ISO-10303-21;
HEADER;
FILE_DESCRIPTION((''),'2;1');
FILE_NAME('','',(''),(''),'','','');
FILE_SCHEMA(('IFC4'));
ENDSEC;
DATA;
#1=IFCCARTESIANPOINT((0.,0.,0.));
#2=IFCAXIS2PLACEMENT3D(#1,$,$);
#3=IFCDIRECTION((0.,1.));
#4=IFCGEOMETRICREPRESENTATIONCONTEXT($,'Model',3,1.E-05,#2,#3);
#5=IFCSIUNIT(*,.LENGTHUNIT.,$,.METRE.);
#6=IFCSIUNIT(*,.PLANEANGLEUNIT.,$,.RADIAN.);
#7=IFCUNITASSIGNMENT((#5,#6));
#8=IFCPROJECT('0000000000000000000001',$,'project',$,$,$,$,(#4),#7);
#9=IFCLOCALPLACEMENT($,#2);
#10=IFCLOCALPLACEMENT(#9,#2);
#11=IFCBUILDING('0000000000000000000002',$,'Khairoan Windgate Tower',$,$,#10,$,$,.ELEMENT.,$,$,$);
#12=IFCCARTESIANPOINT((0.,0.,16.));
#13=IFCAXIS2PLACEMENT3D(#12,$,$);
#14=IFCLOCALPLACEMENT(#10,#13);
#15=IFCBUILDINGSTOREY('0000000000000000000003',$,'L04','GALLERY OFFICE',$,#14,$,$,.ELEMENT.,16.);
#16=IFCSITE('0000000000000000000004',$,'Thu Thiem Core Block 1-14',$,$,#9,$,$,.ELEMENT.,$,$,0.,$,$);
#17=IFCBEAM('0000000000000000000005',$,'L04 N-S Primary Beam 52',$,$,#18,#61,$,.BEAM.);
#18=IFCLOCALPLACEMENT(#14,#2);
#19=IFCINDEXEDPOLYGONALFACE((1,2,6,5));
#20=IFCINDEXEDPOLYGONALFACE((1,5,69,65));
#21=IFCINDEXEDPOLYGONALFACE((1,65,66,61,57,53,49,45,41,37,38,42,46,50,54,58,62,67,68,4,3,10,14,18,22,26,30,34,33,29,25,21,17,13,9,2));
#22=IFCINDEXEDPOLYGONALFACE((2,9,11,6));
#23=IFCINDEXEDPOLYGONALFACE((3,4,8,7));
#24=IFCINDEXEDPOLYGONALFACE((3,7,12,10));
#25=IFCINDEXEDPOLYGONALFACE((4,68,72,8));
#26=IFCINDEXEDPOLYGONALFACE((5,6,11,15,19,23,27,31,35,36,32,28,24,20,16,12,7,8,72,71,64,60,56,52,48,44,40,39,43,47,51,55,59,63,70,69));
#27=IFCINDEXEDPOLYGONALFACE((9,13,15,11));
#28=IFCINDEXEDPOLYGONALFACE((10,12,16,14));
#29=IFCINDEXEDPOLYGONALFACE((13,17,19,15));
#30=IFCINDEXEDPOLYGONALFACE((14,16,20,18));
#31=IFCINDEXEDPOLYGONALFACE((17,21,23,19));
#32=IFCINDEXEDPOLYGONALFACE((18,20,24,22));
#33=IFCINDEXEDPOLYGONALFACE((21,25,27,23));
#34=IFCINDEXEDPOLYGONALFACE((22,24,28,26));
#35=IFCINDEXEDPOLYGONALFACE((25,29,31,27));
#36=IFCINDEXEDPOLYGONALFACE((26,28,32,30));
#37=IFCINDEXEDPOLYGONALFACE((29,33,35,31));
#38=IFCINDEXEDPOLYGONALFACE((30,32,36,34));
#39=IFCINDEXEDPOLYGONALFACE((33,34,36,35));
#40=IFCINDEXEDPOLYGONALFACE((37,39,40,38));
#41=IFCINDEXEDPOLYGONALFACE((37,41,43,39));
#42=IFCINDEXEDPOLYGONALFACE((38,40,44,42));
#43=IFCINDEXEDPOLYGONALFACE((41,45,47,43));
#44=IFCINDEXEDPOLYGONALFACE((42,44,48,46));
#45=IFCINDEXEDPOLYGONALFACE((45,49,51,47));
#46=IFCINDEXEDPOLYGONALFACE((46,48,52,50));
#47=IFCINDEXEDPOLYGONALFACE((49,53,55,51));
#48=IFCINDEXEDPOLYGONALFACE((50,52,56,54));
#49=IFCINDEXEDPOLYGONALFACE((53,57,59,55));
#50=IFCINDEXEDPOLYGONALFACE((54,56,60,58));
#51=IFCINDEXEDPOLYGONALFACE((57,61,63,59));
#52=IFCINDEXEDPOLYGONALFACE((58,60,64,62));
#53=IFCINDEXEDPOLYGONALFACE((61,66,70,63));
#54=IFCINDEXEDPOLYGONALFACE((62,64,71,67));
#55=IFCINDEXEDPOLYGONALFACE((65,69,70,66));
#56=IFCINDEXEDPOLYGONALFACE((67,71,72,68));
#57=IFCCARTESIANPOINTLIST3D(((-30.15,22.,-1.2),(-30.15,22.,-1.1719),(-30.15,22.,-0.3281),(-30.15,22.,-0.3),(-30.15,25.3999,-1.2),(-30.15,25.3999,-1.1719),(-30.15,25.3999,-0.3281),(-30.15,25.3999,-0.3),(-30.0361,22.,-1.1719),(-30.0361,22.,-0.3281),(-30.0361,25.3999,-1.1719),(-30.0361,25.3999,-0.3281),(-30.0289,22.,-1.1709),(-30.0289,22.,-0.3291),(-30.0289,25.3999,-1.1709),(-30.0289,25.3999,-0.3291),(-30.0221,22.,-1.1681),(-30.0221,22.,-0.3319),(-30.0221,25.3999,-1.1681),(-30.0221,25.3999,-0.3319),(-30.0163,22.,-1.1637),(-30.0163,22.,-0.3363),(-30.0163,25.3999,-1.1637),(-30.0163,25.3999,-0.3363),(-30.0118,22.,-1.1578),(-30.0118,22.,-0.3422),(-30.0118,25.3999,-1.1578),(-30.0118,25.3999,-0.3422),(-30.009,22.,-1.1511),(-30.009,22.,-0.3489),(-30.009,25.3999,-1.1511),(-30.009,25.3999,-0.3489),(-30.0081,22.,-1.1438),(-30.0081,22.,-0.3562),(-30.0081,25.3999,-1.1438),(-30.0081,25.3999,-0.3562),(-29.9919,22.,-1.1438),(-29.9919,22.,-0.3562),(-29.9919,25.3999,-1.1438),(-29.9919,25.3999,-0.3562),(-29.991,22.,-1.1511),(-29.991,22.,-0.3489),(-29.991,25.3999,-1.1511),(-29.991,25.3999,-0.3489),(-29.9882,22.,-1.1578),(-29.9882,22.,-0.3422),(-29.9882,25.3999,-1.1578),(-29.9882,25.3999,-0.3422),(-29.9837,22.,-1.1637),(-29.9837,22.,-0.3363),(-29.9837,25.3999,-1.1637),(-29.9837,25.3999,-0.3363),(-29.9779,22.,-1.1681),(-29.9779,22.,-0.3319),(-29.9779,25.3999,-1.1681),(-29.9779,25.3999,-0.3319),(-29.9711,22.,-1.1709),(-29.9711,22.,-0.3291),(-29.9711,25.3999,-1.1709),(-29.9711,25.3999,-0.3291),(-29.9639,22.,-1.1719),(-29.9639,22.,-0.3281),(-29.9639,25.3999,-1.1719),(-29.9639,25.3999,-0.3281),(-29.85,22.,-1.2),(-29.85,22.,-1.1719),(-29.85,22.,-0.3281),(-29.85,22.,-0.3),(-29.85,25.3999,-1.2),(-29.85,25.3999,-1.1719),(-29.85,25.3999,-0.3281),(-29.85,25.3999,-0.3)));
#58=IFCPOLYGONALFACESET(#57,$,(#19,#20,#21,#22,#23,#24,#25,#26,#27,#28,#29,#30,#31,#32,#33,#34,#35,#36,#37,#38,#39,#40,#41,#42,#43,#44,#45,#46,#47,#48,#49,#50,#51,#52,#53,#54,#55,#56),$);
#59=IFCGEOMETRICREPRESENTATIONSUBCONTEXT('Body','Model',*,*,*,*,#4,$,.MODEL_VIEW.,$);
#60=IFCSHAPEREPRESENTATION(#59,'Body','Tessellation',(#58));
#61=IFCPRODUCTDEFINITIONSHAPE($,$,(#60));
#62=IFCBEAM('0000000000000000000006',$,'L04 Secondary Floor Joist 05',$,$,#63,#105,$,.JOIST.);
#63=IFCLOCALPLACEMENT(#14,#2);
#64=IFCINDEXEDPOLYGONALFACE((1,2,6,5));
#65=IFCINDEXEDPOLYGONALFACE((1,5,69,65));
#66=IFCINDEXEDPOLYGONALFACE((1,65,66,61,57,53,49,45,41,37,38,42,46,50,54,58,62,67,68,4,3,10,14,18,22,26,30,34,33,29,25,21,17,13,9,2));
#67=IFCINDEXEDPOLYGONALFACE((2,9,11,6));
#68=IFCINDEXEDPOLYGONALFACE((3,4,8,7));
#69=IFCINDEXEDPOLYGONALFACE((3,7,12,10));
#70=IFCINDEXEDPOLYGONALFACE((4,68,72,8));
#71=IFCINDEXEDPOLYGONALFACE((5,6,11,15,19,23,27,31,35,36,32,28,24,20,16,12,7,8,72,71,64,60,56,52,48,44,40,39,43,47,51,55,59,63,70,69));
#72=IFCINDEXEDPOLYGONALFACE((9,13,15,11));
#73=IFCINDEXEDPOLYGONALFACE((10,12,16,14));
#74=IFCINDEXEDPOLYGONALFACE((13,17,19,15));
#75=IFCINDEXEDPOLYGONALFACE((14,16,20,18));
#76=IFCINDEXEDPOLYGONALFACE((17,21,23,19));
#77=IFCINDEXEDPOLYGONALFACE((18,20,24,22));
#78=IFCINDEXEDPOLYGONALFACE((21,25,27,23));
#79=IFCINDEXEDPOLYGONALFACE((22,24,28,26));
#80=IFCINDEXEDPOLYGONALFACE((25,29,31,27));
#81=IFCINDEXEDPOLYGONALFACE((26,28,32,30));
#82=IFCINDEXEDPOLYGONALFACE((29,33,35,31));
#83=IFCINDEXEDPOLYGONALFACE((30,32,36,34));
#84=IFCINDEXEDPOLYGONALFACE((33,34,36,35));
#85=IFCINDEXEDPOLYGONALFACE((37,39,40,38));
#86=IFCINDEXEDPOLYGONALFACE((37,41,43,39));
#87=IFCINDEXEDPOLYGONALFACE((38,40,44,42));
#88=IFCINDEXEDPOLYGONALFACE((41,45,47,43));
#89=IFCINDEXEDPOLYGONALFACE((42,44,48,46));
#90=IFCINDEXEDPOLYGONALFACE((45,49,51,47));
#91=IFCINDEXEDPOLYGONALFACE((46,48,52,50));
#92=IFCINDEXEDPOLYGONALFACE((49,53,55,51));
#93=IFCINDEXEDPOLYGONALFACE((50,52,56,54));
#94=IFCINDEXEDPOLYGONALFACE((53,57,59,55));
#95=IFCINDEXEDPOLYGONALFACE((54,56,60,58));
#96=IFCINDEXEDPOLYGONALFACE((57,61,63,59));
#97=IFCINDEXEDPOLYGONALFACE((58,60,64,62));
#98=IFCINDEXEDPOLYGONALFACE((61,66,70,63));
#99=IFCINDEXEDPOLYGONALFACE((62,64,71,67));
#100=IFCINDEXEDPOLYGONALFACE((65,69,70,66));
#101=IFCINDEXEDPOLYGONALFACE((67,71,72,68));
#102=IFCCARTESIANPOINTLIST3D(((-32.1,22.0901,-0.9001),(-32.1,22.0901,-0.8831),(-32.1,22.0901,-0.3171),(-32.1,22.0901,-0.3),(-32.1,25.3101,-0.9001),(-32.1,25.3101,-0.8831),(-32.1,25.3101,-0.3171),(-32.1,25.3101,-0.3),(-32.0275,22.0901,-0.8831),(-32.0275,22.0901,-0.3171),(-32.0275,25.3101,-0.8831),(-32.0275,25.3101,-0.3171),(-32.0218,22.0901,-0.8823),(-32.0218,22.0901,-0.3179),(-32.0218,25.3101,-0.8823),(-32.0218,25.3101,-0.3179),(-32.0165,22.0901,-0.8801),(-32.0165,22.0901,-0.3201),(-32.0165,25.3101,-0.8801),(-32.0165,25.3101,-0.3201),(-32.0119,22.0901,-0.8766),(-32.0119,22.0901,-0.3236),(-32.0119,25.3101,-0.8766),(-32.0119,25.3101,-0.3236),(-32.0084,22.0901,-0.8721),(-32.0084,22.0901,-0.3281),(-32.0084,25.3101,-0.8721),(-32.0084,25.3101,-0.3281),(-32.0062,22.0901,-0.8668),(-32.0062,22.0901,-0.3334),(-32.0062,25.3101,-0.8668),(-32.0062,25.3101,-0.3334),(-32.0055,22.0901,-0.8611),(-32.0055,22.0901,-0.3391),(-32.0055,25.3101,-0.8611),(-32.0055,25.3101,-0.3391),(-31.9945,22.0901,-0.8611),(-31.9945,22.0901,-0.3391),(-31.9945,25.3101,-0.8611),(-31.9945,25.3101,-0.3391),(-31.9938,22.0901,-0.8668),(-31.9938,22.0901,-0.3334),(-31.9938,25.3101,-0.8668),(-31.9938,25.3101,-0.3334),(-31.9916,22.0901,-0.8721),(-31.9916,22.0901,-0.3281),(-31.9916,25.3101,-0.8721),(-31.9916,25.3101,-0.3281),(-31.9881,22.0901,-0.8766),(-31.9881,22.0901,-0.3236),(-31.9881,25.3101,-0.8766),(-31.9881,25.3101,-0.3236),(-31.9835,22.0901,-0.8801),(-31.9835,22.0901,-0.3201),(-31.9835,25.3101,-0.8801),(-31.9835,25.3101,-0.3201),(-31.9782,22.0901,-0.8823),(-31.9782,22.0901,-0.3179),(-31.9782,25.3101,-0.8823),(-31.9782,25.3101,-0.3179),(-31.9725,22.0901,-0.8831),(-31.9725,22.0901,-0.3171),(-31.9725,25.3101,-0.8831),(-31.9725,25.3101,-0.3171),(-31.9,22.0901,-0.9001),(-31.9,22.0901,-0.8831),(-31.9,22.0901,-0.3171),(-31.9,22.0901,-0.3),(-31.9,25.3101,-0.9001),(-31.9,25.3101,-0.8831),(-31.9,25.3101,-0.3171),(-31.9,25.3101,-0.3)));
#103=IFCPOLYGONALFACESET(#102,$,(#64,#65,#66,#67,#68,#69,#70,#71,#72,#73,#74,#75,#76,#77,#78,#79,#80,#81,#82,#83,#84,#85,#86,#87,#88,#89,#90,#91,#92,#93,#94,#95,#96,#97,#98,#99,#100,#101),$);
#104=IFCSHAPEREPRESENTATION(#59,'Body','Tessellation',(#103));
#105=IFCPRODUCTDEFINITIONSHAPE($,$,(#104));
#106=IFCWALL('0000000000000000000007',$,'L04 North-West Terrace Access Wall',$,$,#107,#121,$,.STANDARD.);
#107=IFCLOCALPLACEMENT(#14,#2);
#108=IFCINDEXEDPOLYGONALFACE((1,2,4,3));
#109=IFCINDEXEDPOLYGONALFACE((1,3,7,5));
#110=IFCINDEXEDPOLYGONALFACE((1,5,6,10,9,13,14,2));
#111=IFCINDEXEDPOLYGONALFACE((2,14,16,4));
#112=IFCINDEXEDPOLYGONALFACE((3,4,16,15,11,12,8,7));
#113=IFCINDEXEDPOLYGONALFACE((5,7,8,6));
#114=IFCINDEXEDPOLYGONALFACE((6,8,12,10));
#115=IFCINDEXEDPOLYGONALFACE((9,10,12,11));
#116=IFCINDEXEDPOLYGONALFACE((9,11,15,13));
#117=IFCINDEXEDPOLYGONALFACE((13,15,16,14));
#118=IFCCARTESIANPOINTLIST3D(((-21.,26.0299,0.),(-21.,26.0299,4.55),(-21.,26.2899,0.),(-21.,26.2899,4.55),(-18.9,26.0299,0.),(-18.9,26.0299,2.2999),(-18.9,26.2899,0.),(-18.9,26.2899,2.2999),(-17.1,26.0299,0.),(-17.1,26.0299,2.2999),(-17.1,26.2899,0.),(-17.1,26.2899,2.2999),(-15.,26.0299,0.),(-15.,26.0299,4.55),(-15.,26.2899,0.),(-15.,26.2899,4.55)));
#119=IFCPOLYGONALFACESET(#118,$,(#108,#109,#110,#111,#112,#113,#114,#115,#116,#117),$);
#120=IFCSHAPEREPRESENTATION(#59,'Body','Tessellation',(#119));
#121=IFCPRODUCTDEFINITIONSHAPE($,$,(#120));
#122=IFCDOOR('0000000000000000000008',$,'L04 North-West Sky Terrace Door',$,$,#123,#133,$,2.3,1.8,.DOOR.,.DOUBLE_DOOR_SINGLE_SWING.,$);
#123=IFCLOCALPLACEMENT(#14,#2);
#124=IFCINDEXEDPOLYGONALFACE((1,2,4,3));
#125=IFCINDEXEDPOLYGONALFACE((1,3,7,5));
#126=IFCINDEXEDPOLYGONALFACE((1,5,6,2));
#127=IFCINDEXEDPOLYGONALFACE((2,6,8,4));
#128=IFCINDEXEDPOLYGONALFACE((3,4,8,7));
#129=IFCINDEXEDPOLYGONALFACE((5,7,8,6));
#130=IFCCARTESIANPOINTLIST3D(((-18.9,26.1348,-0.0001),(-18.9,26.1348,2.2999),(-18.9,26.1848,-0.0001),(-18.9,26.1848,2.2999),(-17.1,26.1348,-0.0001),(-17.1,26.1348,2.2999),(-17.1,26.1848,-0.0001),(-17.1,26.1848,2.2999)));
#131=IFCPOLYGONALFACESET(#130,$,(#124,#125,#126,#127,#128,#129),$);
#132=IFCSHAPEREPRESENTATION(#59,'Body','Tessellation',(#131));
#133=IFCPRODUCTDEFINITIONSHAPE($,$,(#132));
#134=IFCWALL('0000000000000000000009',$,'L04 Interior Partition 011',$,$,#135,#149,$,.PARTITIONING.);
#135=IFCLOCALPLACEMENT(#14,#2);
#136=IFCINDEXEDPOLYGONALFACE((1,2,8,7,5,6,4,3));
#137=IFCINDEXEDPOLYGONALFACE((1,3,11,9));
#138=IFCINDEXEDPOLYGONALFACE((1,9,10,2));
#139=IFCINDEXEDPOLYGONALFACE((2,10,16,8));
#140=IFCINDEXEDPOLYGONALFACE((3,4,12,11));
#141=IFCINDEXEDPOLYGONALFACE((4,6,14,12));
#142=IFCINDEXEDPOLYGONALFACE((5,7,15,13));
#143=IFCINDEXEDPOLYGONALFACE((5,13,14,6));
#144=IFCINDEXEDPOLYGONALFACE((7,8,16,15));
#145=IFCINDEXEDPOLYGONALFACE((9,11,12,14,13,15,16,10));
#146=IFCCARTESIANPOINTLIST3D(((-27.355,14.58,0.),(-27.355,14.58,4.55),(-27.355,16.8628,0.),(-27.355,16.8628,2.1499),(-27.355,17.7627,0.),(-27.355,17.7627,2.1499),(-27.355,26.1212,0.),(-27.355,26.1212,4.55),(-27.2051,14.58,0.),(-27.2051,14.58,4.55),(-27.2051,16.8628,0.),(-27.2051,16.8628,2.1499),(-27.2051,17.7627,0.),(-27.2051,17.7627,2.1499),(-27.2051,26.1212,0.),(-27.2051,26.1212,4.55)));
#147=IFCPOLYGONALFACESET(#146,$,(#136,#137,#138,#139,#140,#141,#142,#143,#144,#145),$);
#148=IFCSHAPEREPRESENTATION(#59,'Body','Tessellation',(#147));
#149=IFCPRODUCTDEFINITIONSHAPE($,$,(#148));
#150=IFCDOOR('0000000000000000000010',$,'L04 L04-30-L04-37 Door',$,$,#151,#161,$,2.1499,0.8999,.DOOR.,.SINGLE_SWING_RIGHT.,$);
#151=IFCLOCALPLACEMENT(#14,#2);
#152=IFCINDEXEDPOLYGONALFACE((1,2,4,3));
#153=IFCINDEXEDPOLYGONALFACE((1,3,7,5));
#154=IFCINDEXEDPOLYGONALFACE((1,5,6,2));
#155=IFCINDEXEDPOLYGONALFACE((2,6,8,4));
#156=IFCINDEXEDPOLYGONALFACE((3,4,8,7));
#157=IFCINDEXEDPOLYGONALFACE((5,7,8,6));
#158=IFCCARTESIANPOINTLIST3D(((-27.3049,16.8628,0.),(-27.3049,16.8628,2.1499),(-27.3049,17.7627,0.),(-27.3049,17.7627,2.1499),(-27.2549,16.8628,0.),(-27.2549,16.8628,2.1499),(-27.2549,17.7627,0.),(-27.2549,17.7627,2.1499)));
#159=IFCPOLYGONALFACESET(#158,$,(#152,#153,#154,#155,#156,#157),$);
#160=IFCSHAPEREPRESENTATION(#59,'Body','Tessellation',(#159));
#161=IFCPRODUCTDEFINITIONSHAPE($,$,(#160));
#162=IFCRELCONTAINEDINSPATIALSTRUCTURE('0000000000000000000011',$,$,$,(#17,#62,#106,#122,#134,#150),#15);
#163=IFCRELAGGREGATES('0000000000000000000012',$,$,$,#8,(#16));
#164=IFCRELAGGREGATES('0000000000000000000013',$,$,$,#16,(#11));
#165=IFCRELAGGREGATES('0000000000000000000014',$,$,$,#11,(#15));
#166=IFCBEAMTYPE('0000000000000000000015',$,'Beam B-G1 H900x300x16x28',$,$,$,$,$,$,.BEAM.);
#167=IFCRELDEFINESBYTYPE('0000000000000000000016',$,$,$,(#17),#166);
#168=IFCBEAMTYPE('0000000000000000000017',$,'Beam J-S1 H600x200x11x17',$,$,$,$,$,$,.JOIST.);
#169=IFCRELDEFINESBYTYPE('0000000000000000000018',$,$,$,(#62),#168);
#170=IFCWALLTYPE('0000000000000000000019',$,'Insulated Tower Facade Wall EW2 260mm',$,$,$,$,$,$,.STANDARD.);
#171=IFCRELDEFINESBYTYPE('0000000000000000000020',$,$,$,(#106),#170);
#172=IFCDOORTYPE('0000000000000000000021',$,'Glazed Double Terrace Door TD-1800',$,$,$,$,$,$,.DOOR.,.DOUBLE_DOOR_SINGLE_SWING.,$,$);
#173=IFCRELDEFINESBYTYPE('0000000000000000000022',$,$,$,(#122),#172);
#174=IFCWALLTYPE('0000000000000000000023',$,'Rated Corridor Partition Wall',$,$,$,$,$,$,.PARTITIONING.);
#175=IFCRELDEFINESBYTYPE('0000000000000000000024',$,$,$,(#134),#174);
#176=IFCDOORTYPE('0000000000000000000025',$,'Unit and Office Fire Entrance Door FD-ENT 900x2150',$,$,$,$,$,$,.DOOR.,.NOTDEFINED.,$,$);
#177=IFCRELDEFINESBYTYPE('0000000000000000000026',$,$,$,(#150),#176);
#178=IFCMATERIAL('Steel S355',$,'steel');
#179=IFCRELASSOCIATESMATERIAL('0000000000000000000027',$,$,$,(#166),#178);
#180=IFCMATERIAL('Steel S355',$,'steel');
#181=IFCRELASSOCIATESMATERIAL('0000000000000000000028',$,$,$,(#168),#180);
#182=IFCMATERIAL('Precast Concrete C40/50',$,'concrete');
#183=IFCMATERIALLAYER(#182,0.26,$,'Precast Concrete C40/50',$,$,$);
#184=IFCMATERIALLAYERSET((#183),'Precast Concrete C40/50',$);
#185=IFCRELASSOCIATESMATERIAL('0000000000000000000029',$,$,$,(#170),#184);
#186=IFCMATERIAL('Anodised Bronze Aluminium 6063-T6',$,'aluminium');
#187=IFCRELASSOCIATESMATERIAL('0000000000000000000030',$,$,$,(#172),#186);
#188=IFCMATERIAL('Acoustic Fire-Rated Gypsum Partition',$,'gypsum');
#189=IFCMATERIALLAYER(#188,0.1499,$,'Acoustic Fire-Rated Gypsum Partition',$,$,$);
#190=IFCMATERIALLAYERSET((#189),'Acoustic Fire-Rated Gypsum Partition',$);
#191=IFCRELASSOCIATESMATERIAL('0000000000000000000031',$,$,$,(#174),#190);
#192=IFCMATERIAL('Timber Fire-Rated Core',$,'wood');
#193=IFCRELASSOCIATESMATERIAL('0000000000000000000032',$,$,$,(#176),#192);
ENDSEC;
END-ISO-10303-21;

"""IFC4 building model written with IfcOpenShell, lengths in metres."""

from ifc_helpers import new_model, si_unit, direction, frame, frame_2d, origin, origin_2d, place, context, subcontext, project, spatial, rectangle, i_section, extrude, material, layer, layer_set, material_profile, profile_set, type_object, element, fill, save


model = new_model("IFC4")

# Units and contexts
model_context = context("Model", 3, precision=1e-05, world=origin(), true_north=direction((0.0, 1.0)))
body_context = subcontext(model_context, "Body", "Model", "MODEL_VIEW")
ifc_project = project(units=[si_unit("LENGTHUNIT", "METRE"), si_unit("PLANEANGLEUNIT", "RADIAN")], contexts=[model_context])

# Site, building, storey
site_placement = place(None, origin())
site = spatial("IfcSite", under=ifc_project, at=site_placement, Name="Thu Thiem Core Block 1-14", CompositionType="ELEMENT", RefElevation=0.0)
building_placement = place(site_placement, origin())
building = spatial("IfcBuilding", under=site, at=building_placement, Name="Khairoan Windgate Tower", CompositionType="ELEMENT")
storey_placement = place(building_placement, frame((0.0, 0.0, 16.0)))
storey = spatial("IfcBuildingStorey", under=building, at=storey_placement, Name="L04", Description="GALLERY OFFICE", CompositionType="ELEMENT", Elevation=16.0)

# Beams
ifc_material_1 = material(Name="Steel S355", Category="steel")
ifc_material_profile_1 = material_profile(ifc_material_1, i_section(OverallWidth=0.3, OverallDepth=0.8999, WebThickness=0.0161, FlangeThickness=0.0281, FilletRadius=0.0281, at=origin_2d()))
ifc_profile_set_1 = profile_set([ifc_material_profile_1], Name="Steel S355")
beam_type_1 = type_object("IfcBeamType", Name="Beam B-G1 H900x300x16x28", PredefinedType="BEAM", material=ifc_profile_set_1)
beam_1_placement = place(storey_placement, frame((-30.0, 22.0, -0.75), z_axis=(0.0, 1.0, 0.0), x_axis=(-1.0, 0.0, 0.0)))
element("IfcBeam", 1, at=beam_1_placement, inside=storey, type_object=beam_type_1, Name="L04 N-S Primary Beam 52", PredefinedType="BEAM", context=body_context, shape_type="SweptSolid", body=[
    extrude(i_section(OverallWidth=0.3, OverallDepth=0.8999, WebThickness=0.0161, FlangeThickness=0.0281, FilletRadius=0.0281, at=origin_2d()), origin(), (0.0, 0.0, 1.0), 3.3999),
])
ifc_material_2 = material(Name="Steel S355", Category="steel")
ifc_material_profile_2 = material_profile(ifc_material_2, i_section(OverallWidth=0.2, OverallDepth=0.6001, WebThickness=0.011, FlangeThickness=0.0171, FilletRadius=0.022, at=origin_2d()))
ifc_profile_set_2 = profile_set([ifc_material_profile_2], Name="Steel S355")
beam_type_2 = type_object("IfcBeamType", Name="Beam J-S1 H600x200x11x17", PredefinedType="JOIST", material=ifc_profile_set_2)
beam_2_placement = place(storey_placement, frame((-32.0, 22.0901, -0.6001), z_axis=(0.0, 1.0, 0.0), x_axis=(-1.0, 0.0, 0.0)))
element("IfcBeam", 2, at=beam_2_placement, inside=storey, type_object=beam_type_2, Name="L04 Secondary Floor Joist 05", PredefinedType="JOIST", context=body_context, shape_type="SweptSolid", body=[
    extrude(i_section(OverallWidth=0.2, OverallDepth=0.6001, WebThickness=0.011, FlangeThickness=0.0171, FilletRadius=0.022, at=origin_2d()), origin(), (0.0, 0.0, 1.0), 3.22),
])

# Walls, openings, doors
ifc_material_3 = material(Name="Precast Concrete C40/50", Category="concrete")
ifc_layer_1 = layer(ifc_material_3, 0.26, Name="Precast Concrete C40/50")
ifc_layer_set_1 = layer_set([ifc_layer_1], Name="Precast Concrete C40/50")
wall_type_1 = type_object("IfcWallType", Name="Insulated Tower Facade Wall EW2 260mm", PredefinedType="STANDARD", material=ifc_layer_set_1)
wall_1_placement = place(storey_placement, frame((-21.0, 26.1599, 0.0), z_axis=(0.0, 0.0, 1.0), x_axis=(1.0, 0.0, 0.0)))
wall_1 = element("IfcWall", 3, at=wall_1_placement, inside=storey, type_object=wall_type_1, Name="L04 North-West Terrace Access Wall", PredefinedType="STANDARD", context=body_context, shape_type="SweptSolid", body=[
    extrude(rectangle(XDim=6.0, YDim=0.26, at=frame_2d((3.0, 0.0))), origin(), (0.0, 0.0, 1.0), 4.55),
])
opening_1_placement = place(wall_1_placement, frame((2.1001, 0.0, 0.0)))
opening_1 = element("IfcOpeningElement", 4, at=opening_1_placement, cuts=wall_1, PredefinedType="OPENING", context=body_context, shape_type="SweptSolid", body=[
    extrude(rectangle(XDim=1.8, YDim=2.3, at=frame_2d((0.8999, 1.1499))), frame((0.0, 0.1399, 0.0), z_axis=(0.0, -1.0, 0.0), x_axis=(1.0, 0.0, 0.0)), (0.0, 0.0, 1.0), 0.28),
])
ifc_material_4 = material(Name="Anodised Bronze Aluminium 6063-T6", Category="aluminium")
door_type_1 = type_object("IfcDoorType", Name="Glazed Double Terrace Door TD-1800", OperationType="DOUBLE_DOOR_SINGLE_SWING", PredefinedType="DOOR", material=ifc_material_4)
door_1_placement = place(opening_1_placement, origin())
door_1 = element("IfcDoor", 5, at=door_1_placement, inside=storey, type_object=door_type_1, Name="L04 North-West Sky Terrace Door", OperationType="DOUBLE_DOOR_SINGLE_SWING", OverallHeight=2.3, OverallWidth=1.8, PredefinedType="DOOR", context=body_context, shape_type="SweptSolid", body=[
    extrude(rectangle(XDim=1.8, YDim=2.3, at=frame_2d((0.8999, 1.1499))), frame((0.0, 0.0249, 0.0), z_axis=(0.0, -1.0, 0.0), x_axis=(1.0, 0.0, 0.0)), (0.0, 0.0, 1.0), 0.05),
])
fill(opening_1, door_1)
ifc_material_5 = material(Name="Acoustic Fire-Rated Gypsum Partition", Category="gypsum")
ifc_layer_2 = layer(ifc_material_5, 0.1499, Name="Acoustic Fire-Rated Gypsum Partition")
ifc_layer_set_2 = layer_set([ifc_layer_2], Name="Acoustic Fire-Rated Gypsum Partition")
wall_type_2 = type_object("IfcWallType", Name="Rated Corridor Partition Wall", PredefinedType="PARTITIONING", material=ifc_layer_set_2)
wall_2_placement = place(storey_placement, frame((-27.28, 14.5801, 0.0), z_axis=(0.0, 0.0, 1.0), x_axis=(0.0, 1.0, 0.0)))
wall_2 = element("IfcWall", 6, at=wall_2_placement, inside=storey, type_object=wall_type_2, Name="L04 Interior Partition 011", PredefinedType="PARTITIONING", context=body_context, shape_type="SweptSolid", body=[
    extrude(rectangle(XDim=11.5413, YDim=0.1499, at=frame_2d((5.7705, 0.0))), origin(), (0.0, 0.0, 1.0), 4.55),
])
opening_2_placement = place(wall_2_placement, frame((2.2827, 0.0, 0.0)))
opening_2 = element("IfcOpeningElement", 7, at=opening_2_placement, cuts=wall_2, PredefinedType="OPENING", context=body_context, shape_type="SweptSolid", body=[
    extrude(rectangle(XDim=0.8999, YDim=2.1499, at=frame_2d((0.45, 1.075))), frame((0.0, 0.085, 0.0), z_axis=(0.0, -1.0, 0.0), x_axis=(1.0, 0.0, 0.0)), (0.0, 0.0, 1.0), 0.1699),
])
ifc_material_6 = material(Name="Timber Fire-Rated Core", Category="wood")
door_type_2 = type_object("IfcDoorType", Name="Unit and Office Fire Entrance Door FD-ENT 900x2150", OperationType="NOTDEFINED", PredefinedType="DOOR", material=ifc_material_6)
door_2_placement = place(opening_2_placement, origin())
door_2 = element("IfcDoor", 8, at=door_2_placement, inside=storey, type_object=door_type_2, Name="L04 L04-30-L04-37 Door", OperationType="SINGLE_SWING_RIGHT", OverallHeight=2.1499, OverallWidth=0.8999, PredefinedType="DOOR", context=body_context, shape_type="SweptSolid", body=[
    extrude(rectangle(XDim=0.8999, YDim=2.1499, at=frame_2d((0.45, 1.075))), frame((0.0, 0.0249, 0.0), z_axis=(0.0, -1.0, 0.0), x_axis=(1.0, 0.0, 0.0)), (0.0, 0.0, 1.0), 0.05),
])
fill(opening_2, door_2)

save(model, "model.ifc")
